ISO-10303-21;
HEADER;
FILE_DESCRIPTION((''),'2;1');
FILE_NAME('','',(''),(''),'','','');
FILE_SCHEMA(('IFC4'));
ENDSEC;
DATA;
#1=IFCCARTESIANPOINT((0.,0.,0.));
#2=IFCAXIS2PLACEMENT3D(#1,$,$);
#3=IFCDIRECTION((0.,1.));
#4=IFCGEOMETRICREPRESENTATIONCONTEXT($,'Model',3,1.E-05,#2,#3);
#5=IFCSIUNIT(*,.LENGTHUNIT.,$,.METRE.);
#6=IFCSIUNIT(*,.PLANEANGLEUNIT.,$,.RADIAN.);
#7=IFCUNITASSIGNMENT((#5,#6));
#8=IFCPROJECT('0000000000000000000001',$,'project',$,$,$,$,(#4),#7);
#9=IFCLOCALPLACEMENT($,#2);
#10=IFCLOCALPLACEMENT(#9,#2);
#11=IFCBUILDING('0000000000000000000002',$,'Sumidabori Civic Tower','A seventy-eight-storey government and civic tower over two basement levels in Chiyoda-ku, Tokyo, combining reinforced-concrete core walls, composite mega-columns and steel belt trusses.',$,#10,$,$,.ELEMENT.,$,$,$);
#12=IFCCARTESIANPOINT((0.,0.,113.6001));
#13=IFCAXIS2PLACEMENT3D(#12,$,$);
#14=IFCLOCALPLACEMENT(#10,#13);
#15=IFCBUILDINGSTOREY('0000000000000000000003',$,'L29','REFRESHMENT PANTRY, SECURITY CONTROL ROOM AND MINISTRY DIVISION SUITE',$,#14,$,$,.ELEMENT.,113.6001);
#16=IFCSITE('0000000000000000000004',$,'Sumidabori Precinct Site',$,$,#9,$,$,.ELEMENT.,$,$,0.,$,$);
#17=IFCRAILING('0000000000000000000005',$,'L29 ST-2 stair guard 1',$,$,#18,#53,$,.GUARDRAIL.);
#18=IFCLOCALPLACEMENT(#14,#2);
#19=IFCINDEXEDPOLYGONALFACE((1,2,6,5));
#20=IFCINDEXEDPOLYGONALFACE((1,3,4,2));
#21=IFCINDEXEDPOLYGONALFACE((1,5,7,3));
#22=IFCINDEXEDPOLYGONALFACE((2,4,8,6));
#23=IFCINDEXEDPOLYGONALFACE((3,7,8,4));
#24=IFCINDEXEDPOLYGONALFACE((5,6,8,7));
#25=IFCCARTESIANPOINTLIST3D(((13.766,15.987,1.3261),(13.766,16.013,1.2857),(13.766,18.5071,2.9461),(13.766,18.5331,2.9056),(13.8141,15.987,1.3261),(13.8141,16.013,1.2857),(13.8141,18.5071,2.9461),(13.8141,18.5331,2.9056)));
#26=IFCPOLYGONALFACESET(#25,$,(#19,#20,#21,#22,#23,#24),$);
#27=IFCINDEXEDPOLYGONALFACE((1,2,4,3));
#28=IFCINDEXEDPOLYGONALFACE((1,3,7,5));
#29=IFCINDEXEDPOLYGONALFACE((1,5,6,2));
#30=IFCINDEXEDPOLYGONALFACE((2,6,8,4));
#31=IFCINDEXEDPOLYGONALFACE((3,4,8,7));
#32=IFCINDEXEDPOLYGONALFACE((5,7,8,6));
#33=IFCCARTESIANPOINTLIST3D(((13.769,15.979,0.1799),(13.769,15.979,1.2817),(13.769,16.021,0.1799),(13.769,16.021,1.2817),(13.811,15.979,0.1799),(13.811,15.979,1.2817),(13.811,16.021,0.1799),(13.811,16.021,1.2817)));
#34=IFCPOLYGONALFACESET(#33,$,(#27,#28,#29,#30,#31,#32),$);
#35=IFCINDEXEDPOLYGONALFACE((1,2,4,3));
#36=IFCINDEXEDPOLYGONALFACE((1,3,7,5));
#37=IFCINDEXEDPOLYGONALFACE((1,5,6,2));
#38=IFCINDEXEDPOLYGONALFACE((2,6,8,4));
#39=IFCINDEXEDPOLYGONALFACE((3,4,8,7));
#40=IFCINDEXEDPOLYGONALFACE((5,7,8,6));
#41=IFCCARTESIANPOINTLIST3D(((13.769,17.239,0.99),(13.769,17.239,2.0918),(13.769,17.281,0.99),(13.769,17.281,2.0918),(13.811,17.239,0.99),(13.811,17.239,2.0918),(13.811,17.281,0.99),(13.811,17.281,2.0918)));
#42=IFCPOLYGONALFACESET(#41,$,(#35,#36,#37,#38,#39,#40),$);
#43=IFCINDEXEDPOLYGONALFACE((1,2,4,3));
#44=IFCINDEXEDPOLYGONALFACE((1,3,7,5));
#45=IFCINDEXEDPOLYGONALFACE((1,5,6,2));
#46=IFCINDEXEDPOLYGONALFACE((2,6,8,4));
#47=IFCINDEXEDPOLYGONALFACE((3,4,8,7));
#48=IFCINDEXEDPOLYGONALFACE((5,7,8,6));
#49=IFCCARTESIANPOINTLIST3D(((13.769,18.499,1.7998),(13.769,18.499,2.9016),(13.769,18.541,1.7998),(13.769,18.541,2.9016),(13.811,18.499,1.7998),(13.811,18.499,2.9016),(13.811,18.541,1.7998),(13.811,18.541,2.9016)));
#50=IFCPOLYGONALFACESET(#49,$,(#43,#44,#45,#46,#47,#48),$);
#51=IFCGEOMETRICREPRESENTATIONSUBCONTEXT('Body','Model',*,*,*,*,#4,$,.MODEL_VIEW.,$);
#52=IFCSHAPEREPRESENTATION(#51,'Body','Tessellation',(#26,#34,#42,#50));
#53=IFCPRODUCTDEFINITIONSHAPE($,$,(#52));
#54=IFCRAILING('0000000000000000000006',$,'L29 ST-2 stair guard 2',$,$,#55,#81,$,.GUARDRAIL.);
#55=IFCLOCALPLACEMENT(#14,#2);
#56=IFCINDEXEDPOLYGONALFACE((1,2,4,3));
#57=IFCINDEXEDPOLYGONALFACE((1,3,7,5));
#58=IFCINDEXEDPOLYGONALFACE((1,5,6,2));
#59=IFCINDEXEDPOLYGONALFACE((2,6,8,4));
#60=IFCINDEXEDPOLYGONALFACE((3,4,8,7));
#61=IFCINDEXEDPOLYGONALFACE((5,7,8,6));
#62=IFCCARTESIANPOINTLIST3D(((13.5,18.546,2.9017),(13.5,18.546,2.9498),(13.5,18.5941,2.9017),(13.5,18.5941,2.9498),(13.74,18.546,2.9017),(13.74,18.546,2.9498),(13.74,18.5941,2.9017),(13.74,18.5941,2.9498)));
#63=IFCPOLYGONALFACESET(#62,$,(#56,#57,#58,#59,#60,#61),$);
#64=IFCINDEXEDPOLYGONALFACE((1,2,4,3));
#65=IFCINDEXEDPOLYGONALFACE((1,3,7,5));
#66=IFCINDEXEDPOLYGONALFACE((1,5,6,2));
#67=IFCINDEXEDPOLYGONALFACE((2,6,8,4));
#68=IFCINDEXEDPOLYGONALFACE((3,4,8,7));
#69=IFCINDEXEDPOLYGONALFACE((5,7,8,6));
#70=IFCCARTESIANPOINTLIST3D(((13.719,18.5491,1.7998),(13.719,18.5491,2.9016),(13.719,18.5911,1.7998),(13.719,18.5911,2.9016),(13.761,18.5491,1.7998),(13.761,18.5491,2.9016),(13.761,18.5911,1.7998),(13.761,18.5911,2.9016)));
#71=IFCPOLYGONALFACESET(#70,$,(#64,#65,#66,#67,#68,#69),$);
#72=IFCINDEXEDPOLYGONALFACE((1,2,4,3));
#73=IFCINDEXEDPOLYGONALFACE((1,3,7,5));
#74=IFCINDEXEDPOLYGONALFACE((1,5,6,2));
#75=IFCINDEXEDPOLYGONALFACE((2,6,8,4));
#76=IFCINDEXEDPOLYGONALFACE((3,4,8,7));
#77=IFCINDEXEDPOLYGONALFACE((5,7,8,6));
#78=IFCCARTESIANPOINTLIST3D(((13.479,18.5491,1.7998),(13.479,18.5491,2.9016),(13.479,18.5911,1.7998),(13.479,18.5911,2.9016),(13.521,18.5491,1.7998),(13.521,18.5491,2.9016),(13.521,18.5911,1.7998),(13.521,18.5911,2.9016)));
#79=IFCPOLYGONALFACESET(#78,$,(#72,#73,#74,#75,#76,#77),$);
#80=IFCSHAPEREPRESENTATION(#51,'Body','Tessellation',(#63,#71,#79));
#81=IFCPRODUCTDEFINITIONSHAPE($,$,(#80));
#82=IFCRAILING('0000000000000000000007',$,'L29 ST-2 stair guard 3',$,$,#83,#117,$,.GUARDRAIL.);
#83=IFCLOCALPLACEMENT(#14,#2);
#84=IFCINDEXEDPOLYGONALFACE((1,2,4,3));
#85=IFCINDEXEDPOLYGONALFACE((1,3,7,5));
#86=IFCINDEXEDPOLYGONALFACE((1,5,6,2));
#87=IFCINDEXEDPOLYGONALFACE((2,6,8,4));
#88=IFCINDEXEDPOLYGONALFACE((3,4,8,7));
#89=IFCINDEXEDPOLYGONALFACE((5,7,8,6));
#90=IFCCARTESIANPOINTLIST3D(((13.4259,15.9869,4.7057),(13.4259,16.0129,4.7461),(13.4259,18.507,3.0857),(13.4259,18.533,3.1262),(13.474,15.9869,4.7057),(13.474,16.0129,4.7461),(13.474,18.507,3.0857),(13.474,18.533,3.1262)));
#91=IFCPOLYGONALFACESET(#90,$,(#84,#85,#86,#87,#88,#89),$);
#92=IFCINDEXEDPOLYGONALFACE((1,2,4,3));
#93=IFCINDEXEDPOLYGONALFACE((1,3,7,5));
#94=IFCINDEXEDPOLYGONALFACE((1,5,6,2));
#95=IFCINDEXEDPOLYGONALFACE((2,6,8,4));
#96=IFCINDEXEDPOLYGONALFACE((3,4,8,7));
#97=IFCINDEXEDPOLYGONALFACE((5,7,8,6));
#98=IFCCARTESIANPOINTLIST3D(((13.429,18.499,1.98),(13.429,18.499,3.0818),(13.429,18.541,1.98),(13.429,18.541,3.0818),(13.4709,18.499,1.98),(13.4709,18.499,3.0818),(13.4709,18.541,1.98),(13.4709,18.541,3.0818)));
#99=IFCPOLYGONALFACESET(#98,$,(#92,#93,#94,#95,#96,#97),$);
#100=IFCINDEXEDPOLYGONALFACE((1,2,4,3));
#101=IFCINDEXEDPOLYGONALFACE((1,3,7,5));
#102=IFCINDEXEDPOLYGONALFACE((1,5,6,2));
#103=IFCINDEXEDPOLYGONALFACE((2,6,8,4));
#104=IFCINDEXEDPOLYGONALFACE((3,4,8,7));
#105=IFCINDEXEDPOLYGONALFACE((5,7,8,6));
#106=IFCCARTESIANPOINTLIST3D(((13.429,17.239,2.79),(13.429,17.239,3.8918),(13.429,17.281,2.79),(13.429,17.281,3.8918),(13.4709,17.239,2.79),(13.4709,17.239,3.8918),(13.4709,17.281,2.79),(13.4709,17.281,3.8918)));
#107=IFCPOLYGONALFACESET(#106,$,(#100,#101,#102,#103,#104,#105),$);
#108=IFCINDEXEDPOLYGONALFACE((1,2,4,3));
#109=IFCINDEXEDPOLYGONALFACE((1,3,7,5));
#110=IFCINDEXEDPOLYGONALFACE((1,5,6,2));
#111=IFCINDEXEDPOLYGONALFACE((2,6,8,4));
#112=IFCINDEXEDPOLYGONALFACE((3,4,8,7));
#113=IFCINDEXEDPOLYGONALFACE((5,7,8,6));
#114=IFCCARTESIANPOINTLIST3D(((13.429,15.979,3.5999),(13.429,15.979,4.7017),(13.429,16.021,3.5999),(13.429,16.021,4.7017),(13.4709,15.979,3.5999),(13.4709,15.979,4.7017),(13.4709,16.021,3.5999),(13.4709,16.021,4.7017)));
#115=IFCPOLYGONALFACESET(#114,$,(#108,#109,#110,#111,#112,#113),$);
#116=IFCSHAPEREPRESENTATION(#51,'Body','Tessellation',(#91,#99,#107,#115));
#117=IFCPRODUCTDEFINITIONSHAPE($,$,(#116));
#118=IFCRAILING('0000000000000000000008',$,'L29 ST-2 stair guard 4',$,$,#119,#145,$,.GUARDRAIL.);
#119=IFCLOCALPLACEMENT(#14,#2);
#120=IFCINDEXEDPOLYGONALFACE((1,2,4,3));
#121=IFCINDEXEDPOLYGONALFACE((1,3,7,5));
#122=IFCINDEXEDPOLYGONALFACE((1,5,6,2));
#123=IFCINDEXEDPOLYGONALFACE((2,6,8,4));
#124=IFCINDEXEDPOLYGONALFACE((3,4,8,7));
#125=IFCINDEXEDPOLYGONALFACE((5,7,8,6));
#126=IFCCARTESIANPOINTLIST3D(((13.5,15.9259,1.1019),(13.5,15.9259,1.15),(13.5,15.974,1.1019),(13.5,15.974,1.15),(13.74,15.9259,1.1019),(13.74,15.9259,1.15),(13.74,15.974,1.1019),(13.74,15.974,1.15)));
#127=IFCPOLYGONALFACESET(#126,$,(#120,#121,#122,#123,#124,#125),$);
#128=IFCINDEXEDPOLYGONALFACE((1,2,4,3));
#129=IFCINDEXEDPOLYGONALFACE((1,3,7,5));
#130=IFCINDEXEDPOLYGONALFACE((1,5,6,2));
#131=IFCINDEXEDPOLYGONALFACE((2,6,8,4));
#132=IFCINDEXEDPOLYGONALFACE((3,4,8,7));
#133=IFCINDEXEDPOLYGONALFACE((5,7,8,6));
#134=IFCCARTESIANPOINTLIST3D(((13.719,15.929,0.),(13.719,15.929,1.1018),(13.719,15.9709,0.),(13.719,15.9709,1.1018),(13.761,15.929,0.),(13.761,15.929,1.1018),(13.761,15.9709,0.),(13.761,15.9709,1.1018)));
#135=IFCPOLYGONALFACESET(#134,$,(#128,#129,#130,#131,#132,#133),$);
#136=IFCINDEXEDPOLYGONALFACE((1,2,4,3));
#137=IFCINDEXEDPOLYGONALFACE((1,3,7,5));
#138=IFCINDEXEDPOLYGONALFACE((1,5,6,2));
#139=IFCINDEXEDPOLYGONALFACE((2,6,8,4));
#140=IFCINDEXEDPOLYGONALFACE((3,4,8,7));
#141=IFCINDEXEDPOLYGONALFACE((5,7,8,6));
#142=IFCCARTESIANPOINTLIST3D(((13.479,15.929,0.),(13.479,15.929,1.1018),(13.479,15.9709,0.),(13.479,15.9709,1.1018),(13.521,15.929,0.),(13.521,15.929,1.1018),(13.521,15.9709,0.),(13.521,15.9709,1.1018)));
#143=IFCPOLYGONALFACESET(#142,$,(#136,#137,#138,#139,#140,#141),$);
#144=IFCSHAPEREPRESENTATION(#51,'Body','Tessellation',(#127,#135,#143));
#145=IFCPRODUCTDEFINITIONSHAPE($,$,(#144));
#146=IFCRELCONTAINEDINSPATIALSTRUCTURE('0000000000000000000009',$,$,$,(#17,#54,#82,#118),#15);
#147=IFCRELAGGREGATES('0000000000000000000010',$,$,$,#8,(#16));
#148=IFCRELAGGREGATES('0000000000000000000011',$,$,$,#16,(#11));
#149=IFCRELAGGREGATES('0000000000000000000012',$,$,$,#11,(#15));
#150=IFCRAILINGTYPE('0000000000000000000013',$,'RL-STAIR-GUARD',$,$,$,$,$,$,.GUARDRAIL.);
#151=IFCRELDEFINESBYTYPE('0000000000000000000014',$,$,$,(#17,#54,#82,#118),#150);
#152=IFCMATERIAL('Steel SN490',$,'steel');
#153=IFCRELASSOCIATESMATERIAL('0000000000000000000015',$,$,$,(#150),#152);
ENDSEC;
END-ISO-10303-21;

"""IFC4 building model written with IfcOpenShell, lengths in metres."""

from ifc_helpers import new_model, si_unit, direction, frame, origin, origin_2d, place, context, subcontext, project, spatial, rectangle, extrude, material, type_object, element, save


model = new_model("IFC4")

# Units and contexts
model_context = context("Model", 3, precision=1e-05, world=origin(), true_north=direction((0.0, 1.0)))
body_context = subcontext(model_context, "Body", "Model", "MODEL_VIEW")
ifc_project = project(units=[si_unit("LENGTHUNIT", "METRE"), si_unit("PLANEANGLEUNIT", "RADIAN")], contexts=[model_context])

# Site, building, storey
site_placement = place(None, origin())
site = spatial("IfcSite", under=ifc_project, at=site_placement, Name="Sumidabori Precinct Site", CompositionType="ELEMENT", RefElevation=0.0)
building_placement = place(site_placement, origin())
building = spatial("IfcBuilding", under=site, at=building_placement, Name="Sumidabori Civic Tower", Description="A seventy-eight-storey government and civic tower over two basement levels in Chiyoda-ku, Tokyo, combining reinforced-concrete core walls, composite mega-columns and steel belt trusses.", CompositionType="ELEMENT")
storey_placement = place(building_placement, frame((0.0, 0.0, 113.6001)))
storey = spatial("IfcBuildingStorey", under=building, at=storey_placement, Name="L29", Description="REFRESHMENT PANTRY, SECURITY CONTROL ROOM AND MINISTRY DIVISION SUITE", CompositionType="ELEMENT", Elevation=113.6001)

# Shared definitions
ifc_material_1 = material(Name="Steel SN490", Category="steel")

# Railings
railing_type_1 = type_object("IfcRailingType", Name="RL-STAIR-GUARD", PredefinedType="GUARDRAIL", material=ifc_material_1)
railing_1_placement = place(storey_placement, frame((13.79, 16.0, 0.1799)))
element("IfcRailing", 1, at=railing_1_placement, inside=storey, type_object=railing_type_1, Name="L29 ST-2 stair guard 1", PredefinedType="GUARDRAIL", context=body_context, shape_type="SweptSolid", body=[
    extrude(rectangle(XDim=0.0481, YDim=0.0481, at=origin_2d()), frame((0.0, 0.0, 1.126), z_axis=(0.0, 0.8412, 0.540725), x_axis=(-1.0, 0.0, 0.0)), (0.0, 0.0, 1.0), 2.9958),
    extrude(rectangle(XDim=0.042, YDim=0.042, at=origin_2d()), origin(), (0.0, 0.0, 1.0), 1.1018),
    extrude(rectangle(XDim=0.042, YDim=0.042, at=origin_2d()), frame((0.0, 1.26, 0.8101)), (0.0, 0.0, 1.0), 1.1018),
    extrude(rectangle(XDim=0.042, YDim=0.042, at=origin_2d()), frame((0.0, 2.52, 1.6199)), (0.0, 0.0, 1.0), 1.1018),
])
railing_2_placement = place(storey_placement, frame((13.74, 18.5701, 1.7998)))
element("IfcRailing", 2, at=railing_2_placement, inside=storey, type_object=railing_type_1, Name="L29 ST-2 stair guard 2", PredefinedType="GUARDRAIL", context=body_context, shape_type="SweptSolid", body=[
    extrude(rectangle(XDim=0.0481, YDim=0.0481, at=origin_2d()), frame((0.0, 0.0, 1.126), z_axis=(-1.0, 0.0, 0.0), x_axis=(0.0, -1.0, 0.0)), (0.0, 0.0, 1.0), 0.24),
    extrude(rectangle(XDim=0.042, YDim=0.042, at=origin_2d()), origin(), (0.0, 0.0, 1.0), 1.1018),
    extrude(rectangle(XDim=0.042, YDim=0.042, at=origin_2d()), frame((-0.24, 0.0, 0.0)), (0.0, 0.0, 1.0), 1.1018),
])
railing_3_placement = place(storey_placement, frame((13.45, 18.52, 1.98)))
element("IfcRailing", 3, at=railing_3_placement, inside=storey, type_object=railing_type_1, Name="L29 ST-2 stair guard 3", PredefinedType="GUARDRAIL", context=body_context, shape_type="SweptSolid", body=[
    extrude(rectangle(XDim=0.0481, YDim=0.0481, at=origin_2d()), frame((0.0, 0.0, 1.126), z_axis=(0.0, -0.8412, 0.540725), x_axis=(1.0, 0.0, 0.0)), (0.0, 0.0, 1.0), 2.9958),
    extrude(rectangle(XDim=0.042, YDim=0.042, at=origin_2d()), origin(), (0.0, 0.0, 1.0), 1.1018),
    extrude(rectangle(XDim=0.042, YDim=0.042, at=origin_2d()), frame((0.0, -1.26, 0.8101)), (0.0, 0.0, 1.0), 1.1018),
    extrude(rectangle(XDim=0.042, YDim=0.042, at=origin_2d()), frame((0.0, -2.52, 1.6199)), (0.0, 0.0, 1.0), 1.1018),
])
railing_4_placement = place(storey_placement, frame((13.74, 15.95, 0.0)))
element("IfcRailing", 4, at=railing_4_placement, inside=storey, type_object=railing_type_1, Name="L29 ST-2 stair guard 4", PredefinedType="GUARDRAIL", context=body_context, shape_type="SweptSolid", body=[
    extrude(rectangle(XDim=0.0481, YDim=0.0481, at=origin_2d()), frame((0.0, 0.0, 1.126), z_axis=(-1.0, 0.0, 0.0), x_axis=(0.0, -1.0, 0.0)), (0.0, 0.0, 1.0), 0.24),
    extrude(rectangle(XDim=0.042, YDim=0.042, at=origin_2d()), origin(), (0.0, 0.0, 1.0), 1.1018),
    extrude(rectangle(XDim=0.042, YDim=0.042, at=origin_2d()), frame((-0.24, 0.0, 0.0)), (0.0, 0.0, 1.0), 1.1018),
])

save(model, "model.ifc")
